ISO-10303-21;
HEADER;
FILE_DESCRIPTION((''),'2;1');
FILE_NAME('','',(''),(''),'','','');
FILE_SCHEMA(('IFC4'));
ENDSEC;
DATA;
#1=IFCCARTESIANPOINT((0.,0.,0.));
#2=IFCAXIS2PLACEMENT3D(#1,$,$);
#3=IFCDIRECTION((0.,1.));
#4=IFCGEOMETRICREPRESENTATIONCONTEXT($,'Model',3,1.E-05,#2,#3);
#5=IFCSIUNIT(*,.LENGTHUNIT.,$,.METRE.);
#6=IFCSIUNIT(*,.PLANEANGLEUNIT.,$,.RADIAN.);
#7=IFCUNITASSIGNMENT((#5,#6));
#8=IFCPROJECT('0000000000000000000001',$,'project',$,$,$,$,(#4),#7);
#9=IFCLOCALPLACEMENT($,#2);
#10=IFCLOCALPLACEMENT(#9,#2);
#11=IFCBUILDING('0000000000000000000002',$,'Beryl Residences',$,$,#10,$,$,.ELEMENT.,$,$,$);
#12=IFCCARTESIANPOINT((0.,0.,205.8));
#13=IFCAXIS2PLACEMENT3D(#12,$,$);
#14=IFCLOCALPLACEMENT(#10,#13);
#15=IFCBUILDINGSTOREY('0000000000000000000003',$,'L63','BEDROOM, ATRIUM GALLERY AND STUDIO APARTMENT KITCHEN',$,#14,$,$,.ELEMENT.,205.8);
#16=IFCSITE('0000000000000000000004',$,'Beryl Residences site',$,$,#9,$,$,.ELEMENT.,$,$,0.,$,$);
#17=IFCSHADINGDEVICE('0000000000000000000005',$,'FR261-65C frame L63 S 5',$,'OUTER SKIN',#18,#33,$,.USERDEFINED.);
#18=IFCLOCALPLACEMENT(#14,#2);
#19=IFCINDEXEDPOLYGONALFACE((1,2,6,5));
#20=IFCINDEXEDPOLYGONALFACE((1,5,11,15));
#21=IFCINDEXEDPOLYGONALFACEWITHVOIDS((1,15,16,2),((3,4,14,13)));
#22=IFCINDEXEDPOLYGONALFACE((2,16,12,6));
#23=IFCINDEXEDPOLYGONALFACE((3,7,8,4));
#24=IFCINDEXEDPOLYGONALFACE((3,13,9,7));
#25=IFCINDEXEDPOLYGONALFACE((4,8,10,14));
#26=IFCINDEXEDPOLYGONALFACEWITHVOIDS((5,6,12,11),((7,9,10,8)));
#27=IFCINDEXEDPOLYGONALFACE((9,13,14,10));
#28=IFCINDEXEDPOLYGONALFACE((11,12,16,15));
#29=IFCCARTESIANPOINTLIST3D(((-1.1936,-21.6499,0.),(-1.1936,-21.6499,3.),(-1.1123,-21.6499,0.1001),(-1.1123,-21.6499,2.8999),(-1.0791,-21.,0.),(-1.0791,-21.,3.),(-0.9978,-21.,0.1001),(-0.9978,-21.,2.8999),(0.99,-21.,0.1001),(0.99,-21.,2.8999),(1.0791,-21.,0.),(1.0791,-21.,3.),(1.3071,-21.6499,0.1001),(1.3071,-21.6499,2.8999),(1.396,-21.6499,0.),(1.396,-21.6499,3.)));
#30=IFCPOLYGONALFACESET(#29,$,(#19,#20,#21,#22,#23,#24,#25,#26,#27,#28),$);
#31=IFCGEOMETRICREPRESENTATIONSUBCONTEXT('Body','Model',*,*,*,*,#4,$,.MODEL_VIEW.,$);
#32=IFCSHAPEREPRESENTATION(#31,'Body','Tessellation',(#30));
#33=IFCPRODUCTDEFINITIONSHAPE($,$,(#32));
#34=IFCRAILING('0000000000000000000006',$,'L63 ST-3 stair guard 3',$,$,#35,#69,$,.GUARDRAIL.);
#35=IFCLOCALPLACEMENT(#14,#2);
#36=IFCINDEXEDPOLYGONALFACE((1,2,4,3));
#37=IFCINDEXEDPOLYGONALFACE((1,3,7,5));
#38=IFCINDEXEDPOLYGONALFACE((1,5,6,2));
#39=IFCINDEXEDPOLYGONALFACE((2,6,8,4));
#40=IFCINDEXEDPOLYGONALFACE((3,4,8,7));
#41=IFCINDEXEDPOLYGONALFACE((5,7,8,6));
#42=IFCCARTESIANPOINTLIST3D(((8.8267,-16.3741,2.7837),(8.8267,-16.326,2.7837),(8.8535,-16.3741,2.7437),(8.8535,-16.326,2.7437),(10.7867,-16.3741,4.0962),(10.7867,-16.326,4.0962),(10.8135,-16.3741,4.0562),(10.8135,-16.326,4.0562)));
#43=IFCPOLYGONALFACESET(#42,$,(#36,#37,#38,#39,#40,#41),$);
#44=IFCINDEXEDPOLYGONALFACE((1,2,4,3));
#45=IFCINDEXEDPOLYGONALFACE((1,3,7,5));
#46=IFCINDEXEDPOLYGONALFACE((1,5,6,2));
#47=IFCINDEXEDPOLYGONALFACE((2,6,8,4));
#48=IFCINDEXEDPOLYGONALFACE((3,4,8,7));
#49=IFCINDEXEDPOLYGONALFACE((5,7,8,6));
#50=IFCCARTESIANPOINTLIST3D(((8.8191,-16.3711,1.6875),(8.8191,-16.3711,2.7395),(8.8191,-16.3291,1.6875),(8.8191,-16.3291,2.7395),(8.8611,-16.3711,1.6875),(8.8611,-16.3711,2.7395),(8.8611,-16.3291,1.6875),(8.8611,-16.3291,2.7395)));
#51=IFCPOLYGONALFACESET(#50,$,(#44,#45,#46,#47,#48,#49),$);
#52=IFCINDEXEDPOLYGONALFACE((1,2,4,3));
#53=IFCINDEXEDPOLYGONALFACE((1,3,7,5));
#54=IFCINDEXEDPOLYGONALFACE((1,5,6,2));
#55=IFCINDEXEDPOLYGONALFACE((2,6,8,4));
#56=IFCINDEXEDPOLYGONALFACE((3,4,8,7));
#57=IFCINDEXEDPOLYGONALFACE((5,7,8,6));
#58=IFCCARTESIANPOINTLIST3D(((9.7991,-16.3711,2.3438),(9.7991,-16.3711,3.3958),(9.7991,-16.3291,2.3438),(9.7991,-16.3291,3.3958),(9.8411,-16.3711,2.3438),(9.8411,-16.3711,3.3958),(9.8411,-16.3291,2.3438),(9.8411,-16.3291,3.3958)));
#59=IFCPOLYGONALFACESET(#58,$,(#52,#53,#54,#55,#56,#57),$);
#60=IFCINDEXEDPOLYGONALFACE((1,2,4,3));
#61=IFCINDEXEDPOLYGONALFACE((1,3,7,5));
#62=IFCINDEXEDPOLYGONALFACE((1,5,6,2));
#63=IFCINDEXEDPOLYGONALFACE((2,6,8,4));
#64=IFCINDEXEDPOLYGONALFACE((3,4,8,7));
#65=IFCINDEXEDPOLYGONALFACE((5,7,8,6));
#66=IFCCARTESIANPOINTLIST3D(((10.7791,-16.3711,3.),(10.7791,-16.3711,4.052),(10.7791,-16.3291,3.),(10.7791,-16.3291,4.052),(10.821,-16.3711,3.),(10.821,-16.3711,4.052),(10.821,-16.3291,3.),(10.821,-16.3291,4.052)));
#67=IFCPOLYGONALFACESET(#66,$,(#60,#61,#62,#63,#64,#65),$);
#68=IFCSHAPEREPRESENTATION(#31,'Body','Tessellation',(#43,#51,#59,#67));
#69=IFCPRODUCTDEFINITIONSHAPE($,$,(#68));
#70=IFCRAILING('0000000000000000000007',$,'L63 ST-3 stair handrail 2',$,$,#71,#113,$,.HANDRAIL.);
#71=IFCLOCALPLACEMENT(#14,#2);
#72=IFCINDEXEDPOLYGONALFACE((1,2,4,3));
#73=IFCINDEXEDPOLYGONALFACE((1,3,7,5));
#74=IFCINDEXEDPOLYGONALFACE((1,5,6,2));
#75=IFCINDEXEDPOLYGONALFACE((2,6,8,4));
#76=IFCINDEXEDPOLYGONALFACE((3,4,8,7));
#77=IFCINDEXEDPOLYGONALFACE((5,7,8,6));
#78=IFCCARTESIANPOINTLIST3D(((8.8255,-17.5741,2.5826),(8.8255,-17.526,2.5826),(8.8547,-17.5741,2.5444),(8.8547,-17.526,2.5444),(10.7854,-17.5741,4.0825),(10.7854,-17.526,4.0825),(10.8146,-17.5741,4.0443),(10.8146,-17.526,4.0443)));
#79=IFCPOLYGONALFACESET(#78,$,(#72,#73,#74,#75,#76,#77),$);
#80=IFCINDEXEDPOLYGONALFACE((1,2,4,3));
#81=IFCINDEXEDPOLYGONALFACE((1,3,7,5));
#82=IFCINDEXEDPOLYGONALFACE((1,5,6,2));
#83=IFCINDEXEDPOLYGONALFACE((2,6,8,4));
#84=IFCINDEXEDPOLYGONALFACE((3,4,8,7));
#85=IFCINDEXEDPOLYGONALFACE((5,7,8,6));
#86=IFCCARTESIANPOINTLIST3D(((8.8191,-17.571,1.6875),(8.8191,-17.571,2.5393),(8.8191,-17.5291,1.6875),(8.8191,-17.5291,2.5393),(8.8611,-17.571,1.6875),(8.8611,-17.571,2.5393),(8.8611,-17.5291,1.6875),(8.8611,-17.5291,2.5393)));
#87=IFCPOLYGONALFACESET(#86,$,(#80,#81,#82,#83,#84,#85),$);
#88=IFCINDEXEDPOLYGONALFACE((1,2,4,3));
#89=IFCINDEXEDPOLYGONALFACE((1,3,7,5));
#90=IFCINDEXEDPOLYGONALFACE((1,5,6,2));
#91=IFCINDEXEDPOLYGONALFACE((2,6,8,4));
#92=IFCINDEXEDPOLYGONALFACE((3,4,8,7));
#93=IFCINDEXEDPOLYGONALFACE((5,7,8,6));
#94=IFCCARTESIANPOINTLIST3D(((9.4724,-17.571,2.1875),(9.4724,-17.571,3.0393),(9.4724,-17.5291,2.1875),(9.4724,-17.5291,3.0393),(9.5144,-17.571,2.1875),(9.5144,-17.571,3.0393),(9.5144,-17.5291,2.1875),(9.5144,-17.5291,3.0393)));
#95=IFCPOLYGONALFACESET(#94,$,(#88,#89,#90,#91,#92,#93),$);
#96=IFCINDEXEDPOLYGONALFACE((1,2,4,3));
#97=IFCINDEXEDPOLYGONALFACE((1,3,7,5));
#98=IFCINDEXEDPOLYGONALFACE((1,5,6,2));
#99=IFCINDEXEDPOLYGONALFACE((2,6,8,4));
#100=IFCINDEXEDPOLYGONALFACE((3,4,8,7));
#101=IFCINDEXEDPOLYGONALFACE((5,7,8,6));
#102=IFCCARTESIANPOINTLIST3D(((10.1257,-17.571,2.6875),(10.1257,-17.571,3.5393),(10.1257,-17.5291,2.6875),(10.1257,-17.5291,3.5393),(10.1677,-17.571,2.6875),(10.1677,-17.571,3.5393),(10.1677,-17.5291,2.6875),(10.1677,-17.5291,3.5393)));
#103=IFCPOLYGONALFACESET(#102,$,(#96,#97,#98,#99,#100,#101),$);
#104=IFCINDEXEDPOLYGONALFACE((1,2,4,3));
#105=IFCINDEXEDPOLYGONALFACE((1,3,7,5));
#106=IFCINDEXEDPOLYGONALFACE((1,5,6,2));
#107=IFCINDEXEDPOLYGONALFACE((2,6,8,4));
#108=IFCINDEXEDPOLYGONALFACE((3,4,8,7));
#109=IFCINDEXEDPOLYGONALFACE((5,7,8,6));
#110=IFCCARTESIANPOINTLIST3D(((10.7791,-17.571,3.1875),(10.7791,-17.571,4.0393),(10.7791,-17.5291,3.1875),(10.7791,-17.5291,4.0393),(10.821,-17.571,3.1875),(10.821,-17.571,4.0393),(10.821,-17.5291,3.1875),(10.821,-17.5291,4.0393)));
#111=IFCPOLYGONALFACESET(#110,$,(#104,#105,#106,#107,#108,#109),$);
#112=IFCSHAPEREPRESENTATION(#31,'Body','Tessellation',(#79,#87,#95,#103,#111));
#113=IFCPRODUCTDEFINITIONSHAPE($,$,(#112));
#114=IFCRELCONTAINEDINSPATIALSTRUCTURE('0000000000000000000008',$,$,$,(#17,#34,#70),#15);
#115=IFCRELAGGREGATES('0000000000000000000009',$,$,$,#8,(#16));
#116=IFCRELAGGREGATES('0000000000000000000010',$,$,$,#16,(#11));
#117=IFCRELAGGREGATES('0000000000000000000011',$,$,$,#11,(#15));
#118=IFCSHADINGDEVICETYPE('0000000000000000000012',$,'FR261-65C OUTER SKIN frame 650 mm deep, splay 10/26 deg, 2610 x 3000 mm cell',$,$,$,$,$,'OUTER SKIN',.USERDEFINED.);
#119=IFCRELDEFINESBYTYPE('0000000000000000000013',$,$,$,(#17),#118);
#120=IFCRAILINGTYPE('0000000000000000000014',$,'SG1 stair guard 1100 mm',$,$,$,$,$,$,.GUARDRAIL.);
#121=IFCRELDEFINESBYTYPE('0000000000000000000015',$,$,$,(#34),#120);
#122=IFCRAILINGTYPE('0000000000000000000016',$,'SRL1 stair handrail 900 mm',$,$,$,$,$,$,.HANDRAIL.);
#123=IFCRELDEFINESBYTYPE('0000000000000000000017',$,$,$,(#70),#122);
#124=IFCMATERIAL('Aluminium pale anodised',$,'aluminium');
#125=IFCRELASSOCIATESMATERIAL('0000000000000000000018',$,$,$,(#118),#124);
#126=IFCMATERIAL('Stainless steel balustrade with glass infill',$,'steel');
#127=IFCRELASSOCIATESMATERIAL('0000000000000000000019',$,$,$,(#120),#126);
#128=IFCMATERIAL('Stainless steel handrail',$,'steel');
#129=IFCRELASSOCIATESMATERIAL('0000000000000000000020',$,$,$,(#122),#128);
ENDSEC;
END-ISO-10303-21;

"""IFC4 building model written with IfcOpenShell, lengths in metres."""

from ifc_helpers import new_model, entity, si_unit, direction, frame, origin, origin_2d, place, context, subcontext, project, spatial, rectangle, extrude, source, transform, mapped, material, type_object, type_shapes, element, save


model = new_model("IFC4")

# Units and contexts
model_context = context("Model", 3, precision=1e-05, world=origin(), true_north=direction((0.0, 1.0)))
body_context = subcontext(model_context, "Body", "Model", "MODEL_VIEW")
ifc_project = project(units=[si_unit("LENGTHUNIT", "METRE"), si_unit("PLANEANGLEUNIT", "RADIAN")], contexts=[model_context])

# Site, building, storey
site_placement = place(None, origin())
site = spatial("IfcSite", under=ifc_project, at=site_placement, Name="Beryl Residences site", CompositionType="ELEMENT", RefElevation=0.0)
building_placement = place(site_placement, origin())
building = spatial("IfcBuilding", under=site, at=building_placement, Name="Beryl Residences", CompositionType="ELEMENT")
storey_placement = place(building_placement, frame((0.0, 0.0, 205.8)))
storey = spatial("IfcBuildingStorey", under=building, at=storey_placement, Name="L63", Description="BEDROOM, ATRIUM GALLERY AND STUDIO APARTMENT KITCHEN", CompositionType="ELEMENT", Elevation=205.8)

# Shading device
ifc_material_1 = material(Name="Aluminium pale anodised", Category="aluminium")
shading_device_type_1 = type_object("IfcShadingDeviceType", Name="FR261-65C OUTER SKIN frame 650 mm deep, splay 10/26 deg, 2610 x 3000 mm cell", ElementType="OUTER SKIN", PredefinedType="USERDEFINED", material=ifc_material_1)
cartesian_point_1 = entity("IfcCartesianPoint", [-1.0791, 0.0])
cartesian_point_2 = entity("IfcCartesianPoint", [-0.9978, 0.1001])
cartesian_point_3 = entity("IfcCartesianPoint", [-1.1936, 0.0])
cartesian_point_4 = entity("IfcCartesianPoint", [-1.1123, 0.1001])
shared_shape_1 = source(origin(), body_context, "Body", "SweptSolid", [
    entity("IfcExtrudedAreaSolidTapered", entity("IfcArbitraryProfileDefWithVoids", "AREA", None, entity("IfcPolyline", [cartesian_point_1, entity("IfcCartesianPoint", [1.0791, 0.0]), entity("IfcCartesianPoint", [1.0791, 3.0]), entity("IfcCartesianPoint", [-1.0791, 3.0]), cartesian_point_1]), [entity("IfcPolyline", [cartesian_point_2, entity("IfcCartesianPoint", [0.99, 0.1001]), entity("IfcCartesianPoint", [0.99, 2.8999]), entity("IfcCartesianPoint", [-0.9978, 2.8999]), cartesian_point_2])]), entity("IfcAxis2Placement3D", entity("IfcCartesianPoint", [0.0, 0.0, 0.0]), entity("IfcDirection", [0.0, 1.0, 0.0]), entity("IfcDirection", [-1.0, 0.0, 0.0])), entity("IfcDirection", [0.0, 0.0, 1.0]), 0.6499, entity("IfcArbitraryProfileDefWithVoids", "AREA", None, entity("IfcPolyline", [cartesian_point_3, entity("IfcCartesianPoint", [1.396, 0.0]), entity("IfcCartesianPoint", [1.396, 3.0]), entity("IfcCartesianPoint", [-1.1936, 3.0]), cartesian_point_3]), [entity("IfcPolyline", [cartesian_point_4, entity("IfcCartesianPoint", [1.3071, 0.1001]), entity("IfcCartesianPoint", [1.3071, 2.8999]), entity("IfcCartesianPoint", [-1.1123, 2.8999]), cartesian_point_4])])),
])
type_shapes(shading_device_type_1, [shared_shape_1])
for number, where, z_axis, x_axis, name in (
    (1, (0.0, -21.0, 0.0), (0.0, 0.0, 1.0), (-1.0, 0.0, 0.0), "FR261-65C frame L63 S 5"),
):
    element("IfcShadingDevice", number, at=place(storey_placement, frame(where, z_axis=z_axis, x_axis=x_axis)), inside=storey, type_object=shading_device_type_1, Name=name, ObjectType="OUTER SKIN", PredefinedType="USERDEFINED", context=body_context, shape_type="MappedRepresentation", body=[
        mapped(shared_shape_1, transform((0.0, 0.0, 0.0))),
    ])

# Railings
ifc_material_2 = material(Name="Stainless steel balustrade with glass infill", Category="steel")
railing_type_1 = type_object("IfcRailingType", Name="SG1 stair guard 1100 mm", PredefinedType="GUARDRAIL", material=ifc_material_2)
railing_1_placement = place(storey_placement, frame((8.8401, -16.3501, 1.6875)))
element("IfcRailing", 2, at=railing_1_placement, inside=storey, type_object=railing_type_1, Name="L63 ST-3 stair guard 3", PredefinedType="GUARDRAIL", context=body_context, shape_type="SweptSolid", body=[
    extrude(rectangle(XDim=0.0481, YDim=0.0481, at=origin_2d()), frame((0.0, 0.0, 1.0762), z_axis=(0.830902, 0.0, 0.556419), x_axis=(0.0, 1.0, 0.0)), (0.0, 0.0, 1.0), 2.3589),
    extrude(rectangle(XDim=0.042, YDim=0.042, at=origin_2d()), origin(), (0.0, 0.0, 1.0), 1.052),
    extrude(rectangle(XDim=0.042, YDim=0.042, at=origin_2d()), frame((0.98, 0.0, 0.6562)), (0.0, 0.0, 1.0), 1.052),
    extrude(rectangle(XDim=0.042, YDim=0.042, at=origin_2d()), frame((1.96, 0.0, 1.3125)), (0.0, 0.0, 1.0), 1.052),
])
ifc_material_3 = material(Name="Stainless steel handrail", Category="steel")
railing_type_2 = type_object("IfcRailingType", Name="SRL1 stair handrail 900 mm", PredefinedType="HANDRAIL", material=ifc_material_3)
railing_2_placement = place(storey_placement, frame((8.8401, -17.55, 1.6875)))
element("IfcRailing", 3, at=railing_2_placement, inside=storey, type_object=railing_type_2, Name="L63 ST-3 stair handrail 2", PredefinedType="HANDRAIL", context=body_context, shape_type="SweptSolid", body=[
    extrude(rectangle(XDim=0.0481, YDim=0.0481, at=origin_2d()), frame((0.0, 0.0, 0.876), z_axis=(0.794122, 0.0, 0.607758), x_axis=(0.0, 1.0, 0.0)), (0.0, 0.0, 1.0), 2.468),
    extrude(rectangle(XDim=0.042, YDim=0.042, at=origin_2d()), origin(), (0.0, 0.0, 1.0), 0.8518),
    extrude(rectangle(XDim=0.042, YDim=0.042, at=origin_2d()), frame((0.6533, 0.0, 0.5)), (0.0, 0.0, 1.0), 0.8518),
    extrude(rectangle(XDim=0.042, YDim=0.042, at=origin_2d()), frame((1.3066, 0.0, 1.0)), (0.0, 0.0, 1.0), 0.8518),
    extrude(rectangle(XDim=0.042, YDim=0.042, at=origin_2d()), frame((1.96, 0.0, 1.5)), (0.0, 0.0, 1.0), 0.8518),
])

save(model, "model.ifc")
